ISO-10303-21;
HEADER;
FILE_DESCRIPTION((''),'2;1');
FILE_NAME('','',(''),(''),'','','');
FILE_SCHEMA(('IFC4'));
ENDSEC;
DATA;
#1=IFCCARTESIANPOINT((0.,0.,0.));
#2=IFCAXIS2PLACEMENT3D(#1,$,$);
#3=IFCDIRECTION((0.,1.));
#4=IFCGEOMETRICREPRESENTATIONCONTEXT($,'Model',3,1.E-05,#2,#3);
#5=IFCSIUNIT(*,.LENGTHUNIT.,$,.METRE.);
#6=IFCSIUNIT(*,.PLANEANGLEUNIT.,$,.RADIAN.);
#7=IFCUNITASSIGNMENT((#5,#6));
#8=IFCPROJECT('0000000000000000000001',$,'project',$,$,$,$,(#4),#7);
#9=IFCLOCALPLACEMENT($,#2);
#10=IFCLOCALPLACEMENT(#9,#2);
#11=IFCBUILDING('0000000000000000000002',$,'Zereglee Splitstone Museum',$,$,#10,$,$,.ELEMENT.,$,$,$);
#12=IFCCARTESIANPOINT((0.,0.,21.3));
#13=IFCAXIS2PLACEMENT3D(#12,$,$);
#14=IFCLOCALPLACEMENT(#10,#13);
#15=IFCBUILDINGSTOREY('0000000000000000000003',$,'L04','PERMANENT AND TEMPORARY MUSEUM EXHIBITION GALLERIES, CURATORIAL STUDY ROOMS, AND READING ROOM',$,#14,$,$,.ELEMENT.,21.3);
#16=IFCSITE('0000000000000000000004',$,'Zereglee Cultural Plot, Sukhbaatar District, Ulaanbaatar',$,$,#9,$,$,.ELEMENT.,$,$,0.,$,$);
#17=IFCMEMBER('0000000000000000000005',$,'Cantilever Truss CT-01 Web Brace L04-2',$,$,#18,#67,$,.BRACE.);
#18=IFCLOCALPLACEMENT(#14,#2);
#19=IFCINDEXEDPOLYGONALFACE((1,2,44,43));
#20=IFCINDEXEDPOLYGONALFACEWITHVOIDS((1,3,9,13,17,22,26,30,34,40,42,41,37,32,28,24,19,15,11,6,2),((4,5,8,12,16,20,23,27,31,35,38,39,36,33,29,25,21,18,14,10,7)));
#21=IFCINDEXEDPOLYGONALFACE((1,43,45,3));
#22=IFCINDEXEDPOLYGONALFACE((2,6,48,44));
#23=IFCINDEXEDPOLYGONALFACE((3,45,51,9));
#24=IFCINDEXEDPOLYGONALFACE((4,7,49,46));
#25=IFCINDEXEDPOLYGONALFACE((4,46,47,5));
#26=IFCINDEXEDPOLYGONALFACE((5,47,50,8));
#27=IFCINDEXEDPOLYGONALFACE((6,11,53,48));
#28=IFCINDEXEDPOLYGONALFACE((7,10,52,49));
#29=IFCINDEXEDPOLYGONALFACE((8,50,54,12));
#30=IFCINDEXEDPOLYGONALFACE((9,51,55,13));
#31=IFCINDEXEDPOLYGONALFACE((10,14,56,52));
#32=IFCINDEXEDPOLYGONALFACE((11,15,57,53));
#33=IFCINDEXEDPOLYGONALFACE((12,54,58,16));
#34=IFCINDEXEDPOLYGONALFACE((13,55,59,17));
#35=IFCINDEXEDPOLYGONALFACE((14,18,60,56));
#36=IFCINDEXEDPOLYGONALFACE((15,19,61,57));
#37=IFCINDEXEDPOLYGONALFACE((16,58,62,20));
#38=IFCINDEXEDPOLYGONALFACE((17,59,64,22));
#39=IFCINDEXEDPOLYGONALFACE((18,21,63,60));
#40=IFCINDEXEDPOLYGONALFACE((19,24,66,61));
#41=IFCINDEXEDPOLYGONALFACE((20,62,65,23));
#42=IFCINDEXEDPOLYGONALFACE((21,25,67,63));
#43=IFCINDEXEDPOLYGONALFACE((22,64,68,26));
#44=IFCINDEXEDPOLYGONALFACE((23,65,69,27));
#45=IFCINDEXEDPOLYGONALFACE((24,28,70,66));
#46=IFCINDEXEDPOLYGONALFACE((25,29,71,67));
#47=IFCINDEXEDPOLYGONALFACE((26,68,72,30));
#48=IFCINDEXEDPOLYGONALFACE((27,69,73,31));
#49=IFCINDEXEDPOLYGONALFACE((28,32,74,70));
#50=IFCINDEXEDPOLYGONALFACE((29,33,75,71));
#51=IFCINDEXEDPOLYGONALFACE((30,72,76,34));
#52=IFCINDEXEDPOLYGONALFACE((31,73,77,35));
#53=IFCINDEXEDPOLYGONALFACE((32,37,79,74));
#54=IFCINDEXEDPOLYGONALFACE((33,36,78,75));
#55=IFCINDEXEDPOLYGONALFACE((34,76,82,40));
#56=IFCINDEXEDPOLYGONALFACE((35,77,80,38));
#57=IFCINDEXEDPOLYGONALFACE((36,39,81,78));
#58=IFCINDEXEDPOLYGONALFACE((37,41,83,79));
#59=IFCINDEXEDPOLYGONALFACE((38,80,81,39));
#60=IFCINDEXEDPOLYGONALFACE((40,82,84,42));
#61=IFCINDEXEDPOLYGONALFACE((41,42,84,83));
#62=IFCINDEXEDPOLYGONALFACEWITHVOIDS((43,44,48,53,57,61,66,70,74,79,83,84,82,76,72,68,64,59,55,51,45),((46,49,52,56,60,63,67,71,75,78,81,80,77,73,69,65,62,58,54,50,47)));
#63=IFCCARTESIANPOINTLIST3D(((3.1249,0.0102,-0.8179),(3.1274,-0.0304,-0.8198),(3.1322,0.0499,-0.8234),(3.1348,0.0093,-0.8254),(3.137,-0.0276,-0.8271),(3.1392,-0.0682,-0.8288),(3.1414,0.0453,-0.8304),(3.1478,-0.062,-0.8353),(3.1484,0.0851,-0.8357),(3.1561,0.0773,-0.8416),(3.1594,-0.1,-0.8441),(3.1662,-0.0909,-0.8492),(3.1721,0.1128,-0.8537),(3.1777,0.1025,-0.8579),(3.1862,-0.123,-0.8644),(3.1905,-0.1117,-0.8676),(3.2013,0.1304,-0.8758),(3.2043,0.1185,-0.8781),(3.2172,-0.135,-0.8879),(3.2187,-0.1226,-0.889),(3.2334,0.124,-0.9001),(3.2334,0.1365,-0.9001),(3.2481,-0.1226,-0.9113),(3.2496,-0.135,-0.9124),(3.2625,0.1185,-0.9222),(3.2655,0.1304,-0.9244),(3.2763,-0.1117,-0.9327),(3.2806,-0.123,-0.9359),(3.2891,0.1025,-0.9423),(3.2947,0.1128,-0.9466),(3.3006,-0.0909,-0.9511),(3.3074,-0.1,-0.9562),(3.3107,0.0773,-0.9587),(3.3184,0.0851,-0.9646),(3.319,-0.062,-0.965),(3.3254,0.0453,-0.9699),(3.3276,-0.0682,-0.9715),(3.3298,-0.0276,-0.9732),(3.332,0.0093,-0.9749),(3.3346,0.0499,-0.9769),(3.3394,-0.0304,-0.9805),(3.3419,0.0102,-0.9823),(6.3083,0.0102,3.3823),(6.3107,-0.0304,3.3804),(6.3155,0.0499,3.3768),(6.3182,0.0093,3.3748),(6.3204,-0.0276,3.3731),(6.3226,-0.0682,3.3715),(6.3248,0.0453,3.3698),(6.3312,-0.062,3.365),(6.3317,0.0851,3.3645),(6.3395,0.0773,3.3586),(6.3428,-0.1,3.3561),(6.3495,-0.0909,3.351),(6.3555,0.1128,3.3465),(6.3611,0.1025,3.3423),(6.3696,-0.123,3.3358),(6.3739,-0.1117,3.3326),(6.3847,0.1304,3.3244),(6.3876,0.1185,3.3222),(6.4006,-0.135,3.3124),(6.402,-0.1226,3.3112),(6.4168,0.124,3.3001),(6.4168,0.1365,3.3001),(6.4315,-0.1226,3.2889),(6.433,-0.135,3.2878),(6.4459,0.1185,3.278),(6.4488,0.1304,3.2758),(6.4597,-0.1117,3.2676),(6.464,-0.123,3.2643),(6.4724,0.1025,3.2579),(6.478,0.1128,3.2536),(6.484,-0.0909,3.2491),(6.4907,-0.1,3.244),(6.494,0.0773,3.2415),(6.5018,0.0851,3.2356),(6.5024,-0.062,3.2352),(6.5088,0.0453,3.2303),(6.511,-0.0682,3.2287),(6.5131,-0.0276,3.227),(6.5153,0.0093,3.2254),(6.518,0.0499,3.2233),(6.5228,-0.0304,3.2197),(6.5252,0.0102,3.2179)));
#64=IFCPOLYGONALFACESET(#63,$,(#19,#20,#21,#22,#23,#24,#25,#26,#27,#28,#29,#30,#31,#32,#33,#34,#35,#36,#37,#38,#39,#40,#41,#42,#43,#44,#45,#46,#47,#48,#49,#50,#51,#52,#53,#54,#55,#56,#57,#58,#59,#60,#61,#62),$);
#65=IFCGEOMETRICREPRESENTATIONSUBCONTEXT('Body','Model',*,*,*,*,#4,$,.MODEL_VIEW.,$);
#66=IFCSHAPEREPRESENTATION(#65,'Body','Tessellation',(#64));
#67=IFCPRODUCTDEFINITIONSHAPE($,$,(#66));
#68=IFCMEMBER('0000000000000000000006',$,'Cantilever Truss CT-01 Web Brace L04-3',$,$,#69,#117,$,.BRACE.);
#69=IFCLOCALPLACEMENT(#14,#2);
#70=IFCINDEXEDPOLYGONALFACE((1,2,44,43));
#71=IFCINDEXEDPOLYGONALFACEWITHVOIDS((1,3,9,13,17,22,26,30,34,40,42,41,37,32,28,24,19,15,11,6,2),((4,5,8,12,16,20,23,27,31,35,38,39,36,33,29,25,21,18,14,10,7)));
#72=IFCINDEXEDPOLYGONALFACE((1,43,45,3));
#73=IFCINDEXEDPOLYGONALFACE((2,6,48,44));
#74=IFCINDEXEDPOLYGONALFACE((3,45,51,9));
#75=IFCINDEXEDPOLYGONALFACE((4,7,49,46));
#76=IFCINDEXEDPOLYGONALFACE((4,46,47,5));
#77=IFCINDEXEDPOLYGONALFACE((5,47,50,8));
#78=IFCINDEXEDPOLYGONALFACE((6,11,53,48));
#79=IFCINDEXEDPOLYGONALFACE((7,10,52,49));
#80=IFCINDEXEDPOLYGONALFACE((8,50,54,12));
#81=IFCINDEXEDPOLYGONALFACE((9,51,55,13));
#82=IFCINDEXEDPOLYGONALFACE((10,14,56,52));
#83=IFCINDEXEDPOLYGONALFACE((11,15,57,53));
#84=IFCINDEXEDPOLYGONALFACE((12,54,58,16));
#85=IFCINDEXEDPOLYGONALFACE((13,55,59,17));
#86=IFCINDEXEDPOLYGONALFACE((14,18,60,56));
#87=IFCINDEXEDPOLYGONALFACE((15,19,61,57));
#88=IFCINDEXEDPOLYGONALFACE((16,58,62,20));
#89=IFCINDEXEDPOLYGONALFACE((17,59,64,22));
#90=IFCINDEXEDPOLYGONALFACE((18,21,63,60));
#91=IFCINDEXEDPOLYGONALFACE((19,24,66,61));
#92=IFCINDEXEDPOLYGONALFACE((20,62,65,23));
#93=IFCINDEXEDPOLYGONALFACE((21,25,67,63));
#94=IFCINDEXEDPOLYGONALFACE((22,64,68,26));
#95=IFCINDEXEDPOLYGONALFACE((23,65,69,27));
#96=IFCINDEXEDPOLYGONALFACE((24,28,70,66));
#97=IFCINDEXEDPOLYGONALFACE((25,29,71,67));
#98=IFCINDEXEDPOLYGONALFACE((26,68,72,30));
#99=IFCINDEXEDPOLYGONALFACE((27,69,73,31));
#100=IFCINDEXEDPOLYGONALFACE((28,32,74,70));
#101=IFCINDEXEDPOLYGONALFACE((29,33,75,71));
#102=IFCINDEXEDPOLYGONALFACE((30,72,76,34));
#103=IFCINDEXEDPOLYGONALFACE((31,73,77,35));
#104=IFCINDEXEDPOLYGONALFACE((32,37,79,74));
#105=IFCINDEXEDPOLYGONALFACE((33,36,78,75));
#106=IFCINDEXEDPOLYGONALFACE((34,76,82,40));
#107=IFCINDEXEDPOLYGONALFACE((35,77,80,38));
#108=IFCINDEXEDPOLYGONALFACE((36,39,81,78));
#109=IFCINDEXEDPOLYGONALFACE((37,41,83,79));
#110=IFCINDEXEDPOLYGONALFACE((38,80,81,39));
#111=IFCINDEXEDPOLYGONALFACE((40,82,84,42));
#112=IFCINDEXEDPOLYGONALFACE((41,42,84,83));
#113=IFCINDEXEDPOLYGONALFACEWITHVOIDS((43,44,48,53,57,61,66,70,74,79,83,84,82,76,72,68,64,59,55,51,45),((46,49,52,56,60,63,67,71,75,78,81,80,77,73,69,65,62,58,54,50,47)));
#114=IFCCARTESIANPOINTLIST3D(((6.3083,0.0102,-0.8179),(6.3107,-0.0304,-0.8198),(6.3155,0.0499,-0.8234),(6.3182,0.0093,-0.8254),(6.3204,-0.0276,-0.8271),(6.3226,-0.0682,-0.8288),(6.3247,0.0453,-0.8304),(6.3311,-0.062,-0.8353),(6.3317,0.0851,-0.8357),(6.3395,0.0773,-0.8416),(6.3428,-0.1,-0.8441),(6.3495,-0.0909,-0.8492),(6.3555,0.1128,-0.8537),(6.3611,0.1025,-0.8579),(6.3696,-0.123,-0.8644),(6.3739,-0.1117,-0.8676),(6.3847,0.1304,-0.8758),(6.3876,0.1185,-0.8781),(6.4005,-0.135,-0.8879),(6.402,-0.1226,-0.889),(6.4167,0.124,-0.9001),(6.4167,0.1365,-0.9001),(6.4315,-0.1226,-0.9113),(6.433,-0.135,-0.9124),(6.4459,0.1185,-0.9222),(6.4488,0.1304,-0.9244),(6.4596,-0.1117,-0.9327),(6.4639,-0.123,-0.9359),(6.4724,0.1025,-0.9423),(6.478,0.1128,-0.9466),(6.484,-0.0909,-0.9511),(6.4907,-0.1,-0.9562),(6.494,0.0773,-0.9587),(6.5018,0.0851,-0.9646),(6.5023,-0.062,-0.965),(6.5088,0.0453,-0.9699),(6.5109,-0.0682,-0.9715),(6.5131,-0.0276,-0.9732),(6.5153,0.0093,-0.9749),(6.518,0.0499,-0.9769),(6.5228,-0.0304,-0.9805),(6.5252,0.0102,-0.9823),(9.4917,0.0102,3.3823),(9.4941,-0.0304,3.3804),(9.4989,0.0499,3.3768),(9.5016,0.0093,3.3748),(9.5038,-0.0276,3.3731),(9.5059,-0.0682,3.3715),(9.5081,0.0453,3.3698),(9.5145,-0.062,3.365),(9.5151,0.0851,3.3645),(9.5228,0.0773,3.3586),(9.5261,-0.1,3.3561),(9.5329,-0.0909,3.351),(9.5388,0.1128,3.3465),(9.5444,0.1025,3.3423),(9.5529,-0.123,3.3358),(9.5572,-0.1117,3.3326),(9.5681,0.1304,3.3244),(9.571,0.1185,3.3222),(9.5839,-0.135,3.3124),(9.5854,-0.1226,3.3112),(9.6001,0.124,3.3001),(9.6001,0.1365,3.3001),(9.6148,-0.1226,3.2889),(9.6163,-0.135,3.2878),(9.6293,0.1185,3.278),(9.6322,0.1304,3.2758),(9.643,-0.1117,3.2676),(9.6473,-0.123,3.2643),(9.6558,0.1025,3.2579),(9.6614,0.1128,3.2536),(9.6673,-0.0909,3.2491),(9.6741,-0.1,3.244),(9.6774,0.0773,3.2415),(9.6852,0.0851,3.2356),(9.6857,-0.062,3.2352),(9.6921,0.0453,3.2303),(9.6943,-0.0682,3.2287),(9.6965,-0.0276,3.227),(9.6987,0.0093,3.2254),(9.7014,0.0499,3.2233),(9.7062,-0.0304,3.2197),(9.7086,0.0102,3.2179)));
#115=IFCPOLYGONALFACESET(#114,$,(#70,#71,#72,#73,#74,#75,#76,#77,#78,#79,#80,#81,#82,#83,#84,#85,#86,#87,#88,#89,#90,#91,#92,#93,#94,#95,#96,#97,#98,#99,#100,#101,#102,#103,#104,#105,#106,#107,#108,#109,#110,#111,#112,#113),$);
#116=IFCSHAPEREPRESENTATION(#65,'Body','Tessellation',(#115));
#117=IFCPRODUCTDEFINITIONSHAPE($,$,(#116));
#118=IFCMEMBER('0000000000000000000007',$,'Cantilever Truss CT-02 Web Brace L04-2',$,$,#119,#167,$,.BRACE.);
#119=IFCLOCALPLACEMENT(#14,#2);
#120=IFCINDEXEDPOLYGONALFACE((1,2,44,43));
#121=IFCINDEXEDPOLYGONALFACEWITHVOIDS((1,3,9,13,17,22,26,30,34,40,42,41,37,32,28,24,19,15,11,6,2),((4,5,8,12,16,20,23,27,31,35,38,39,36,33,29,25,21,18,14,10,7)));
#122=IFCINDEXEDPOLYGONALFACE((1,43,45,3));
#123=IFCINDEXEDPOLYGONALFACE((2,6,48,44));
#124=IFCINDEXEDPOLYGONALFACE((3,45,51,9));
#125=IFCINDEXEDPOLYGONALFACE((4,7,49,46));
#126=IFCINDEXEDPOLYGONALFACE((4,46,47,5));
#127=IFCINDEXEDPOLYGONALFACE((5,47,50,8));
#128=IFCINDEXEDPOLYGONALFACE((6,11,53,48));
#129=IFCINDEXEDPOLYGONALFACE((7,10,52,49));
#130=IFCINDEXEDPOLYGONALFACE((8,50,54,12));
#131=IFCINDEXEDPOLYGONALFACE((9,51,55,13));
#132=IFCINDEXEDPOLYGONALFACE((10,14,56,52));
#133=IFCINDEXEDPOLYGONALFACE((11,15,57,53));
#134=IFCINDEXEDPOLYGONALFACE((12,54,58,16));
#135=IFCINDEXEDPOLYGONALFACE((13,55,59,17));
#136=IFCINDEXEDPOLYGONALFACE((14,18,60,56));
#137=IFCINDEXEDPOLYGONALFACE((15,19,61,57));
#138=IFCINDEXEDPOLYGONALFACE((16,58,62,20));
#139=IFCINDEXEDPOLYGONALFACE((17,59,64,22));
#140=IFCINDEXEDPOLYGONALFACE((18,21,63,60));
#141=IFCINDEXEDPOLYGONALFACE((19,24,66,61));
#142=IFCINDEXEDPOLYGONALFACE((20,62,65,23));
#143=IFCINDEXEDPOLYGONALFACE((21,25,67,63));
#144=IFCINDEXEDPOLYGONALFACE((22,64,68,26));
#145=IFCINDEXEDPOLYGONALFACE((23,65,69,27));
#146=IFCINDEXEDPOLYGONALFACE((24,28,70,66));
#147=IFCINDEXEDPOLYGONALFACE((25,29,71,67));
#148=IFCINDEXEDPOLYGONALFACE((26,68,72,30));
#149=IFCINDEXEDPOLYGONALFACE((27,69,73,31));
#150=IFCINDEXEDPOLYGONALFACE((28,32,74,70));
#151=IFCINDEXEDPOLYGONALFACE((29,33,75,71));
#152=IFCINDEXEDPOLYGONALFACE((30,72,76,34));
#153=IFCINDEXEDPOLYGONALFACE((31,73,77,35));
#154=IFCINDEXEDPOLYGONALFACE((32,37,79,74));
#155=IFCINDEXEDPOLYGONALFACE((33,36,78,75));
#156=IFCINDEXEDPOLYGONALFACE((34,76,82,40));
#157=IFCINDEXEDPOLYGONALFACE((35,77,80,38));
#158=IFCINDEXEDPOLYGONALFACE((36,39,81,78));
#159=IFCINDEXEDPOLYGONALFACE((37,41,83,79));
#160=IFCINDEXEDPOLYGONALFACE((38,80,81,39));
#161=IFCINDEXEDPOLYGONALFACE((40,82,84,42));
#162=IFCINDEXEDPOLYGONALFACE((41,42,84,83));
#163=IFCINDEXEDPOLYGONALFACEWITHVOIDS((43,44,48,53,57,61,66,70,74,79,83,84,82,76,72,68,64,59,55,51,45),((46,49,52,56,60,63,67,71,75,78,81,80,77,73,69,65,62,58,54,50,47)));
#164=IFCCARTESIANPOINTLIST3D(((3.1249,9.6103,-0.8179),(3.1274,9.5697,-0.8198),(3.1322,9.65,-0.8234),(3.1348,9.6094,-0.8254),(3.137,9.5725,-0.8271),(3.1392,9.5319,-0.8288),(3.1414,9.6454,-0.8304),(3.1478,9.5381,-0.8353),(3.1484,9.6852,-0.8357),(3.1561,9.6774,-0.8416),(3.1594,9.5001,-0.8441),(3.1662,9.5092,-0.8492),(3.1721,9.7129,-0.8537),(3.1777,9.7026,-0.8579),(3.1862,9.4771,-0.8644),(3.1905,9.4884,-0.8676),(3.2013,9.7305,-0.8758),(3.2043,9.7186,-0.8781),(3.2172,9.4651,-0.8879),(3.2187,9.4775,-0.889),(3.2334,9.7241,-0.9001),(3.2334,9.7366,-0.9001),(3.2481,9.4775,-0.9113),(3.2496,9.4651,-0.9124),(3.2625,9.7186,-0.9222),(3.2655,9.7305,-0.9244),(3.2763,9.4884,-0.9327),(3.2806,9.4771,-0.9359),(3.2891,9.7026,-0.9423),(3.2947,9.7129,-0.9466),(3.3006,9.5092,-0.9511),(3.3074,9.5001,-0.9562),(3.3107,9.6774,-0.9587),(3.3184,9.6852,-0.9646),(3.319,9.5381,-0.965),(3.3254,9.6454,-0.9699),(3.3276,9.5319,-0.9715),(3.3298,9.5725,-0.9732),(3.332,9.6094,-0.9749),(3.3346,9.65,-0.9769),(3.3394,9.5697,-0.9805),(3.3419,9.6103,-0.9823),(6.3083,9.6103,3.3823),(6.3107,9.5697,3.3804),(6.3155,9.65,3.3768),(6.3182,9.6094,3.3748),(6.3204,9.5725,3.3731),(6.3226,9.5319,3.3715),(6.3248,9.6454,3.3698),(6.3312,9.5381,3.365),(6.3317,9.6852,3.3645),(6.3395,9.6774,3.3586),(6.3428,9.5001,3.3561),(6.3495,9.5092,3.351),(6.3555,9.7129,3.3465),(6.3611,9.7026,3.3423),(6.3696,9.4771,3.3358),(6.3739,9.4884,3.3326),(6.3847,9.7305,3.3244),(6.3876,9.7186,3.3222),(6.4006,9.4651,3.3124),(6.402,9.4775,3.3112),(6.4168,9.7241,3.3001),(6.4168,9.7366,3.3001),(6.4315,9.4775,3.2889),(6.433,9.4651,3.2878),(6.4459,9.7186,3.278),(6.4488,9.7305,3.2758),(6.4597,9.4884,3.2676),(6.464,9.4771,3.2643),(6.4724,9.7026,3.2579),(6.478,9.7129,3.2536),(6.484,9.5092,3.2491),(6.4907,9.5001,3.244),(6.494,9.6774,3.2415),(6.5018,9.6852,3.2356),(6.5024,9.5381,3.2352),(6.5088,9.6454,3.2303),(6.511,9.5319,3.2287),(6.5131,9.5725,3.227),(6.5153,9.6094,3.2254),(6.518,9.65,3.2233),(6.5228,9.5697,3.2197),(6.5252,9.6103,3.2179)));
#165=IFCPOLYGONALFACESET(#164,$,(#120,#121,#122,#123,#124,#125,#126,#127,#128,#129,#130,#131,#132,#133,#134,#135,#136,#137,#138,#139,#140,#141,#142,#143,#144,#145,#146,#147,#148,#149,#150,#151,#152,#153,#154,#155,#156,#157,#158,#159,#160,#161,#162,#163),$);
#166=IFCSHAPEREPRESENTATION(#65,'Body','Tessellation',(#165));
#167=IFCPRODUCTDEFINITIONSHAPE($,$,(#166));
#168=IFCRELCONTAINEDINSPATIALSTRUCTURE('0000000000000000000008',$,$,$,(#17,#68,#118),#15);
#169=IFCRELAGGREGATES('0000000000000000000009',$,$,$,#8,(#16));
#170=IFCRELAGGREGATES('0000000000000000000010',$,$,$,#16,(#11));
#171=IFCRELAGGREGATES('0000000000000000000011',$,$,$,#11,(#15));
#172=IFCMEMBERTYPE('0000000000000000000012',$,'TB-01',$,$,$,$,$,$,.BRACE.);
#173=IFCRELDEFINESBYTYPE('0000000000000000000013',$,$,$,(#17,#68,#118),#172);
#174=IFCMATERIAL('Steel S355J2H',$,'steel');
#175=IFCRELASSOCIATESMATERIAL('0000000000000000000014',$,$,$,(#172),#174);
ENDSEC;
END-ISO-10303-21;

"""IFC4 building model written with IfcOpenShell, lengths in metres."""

from ifc_helpers import new_model, si_unit, direction, frame, origin, origin_2d, place, context, subcontext, project, spatial, hollow_circle, extrude, material, material_profile, profile_set, type_object, element, save


model = new_model("IFC4")

# Units and contexts
model_context = context("Model", 3, precision=1e-05, world=origin(), true_north=direction((0.0, 1.0)))
body_context = subcontext(model_context, "Body", "Model", "MODEL_VIEW")
ifc_project = project(units=[si_unit("LENGTHUNIT", "METRE"), si_unit("PLANEANGLEUNIT", "RADIAN")], contexts=[model_context])

# Site, building, storey
site_placement = place(None, origin())
site = spatial("IfcSite", under=ifc_project, at=site_placement, Name="Zereglee Cultural Plot, Sukhbaatar District, Ulaanbaatar", CompositionType="ELEMENT", RefElevation=0.0)
building_placement = place(site_placement, origin())
building = spatial("IfcBuilding", under=site, at=building_placement, Name="Zereglee Splitstone Museum", CompositionType="ELEMENT")
storey_placement = place(building_placement, frame((0.0, 0.0, 21.3)))
storey = spatial("IfcBuildingStorey", under=building, at=storey_placement, Name="L04", Description="PERMANENT AND TEMPORARY MUSEUM EXHIBITION GALLERIES, CURATORIAL STUDY ROOMS, AND READING ROOM", CompositionType="ELEMENT", Elevation=21.3)

# Members
ifc_material_1 = material(Name="Steel S355J2H", Category="steel")
ifc_material_profile_1 = material_profile(ifc_material_1, hollow_circle(Radius=0.1365, WallThickness=0.0125, at=origin_2d()), Name="CHS 273.0x12.5")
ifc_profile_set_1 = profile_set([ifc_material_profile_1], Name="Steel S355J2H")
member_type_1 = type_object("IfcMemberType", Name="TB-01", PredefinedType="BRACE", material=ifc_profile_set_1)
for number, where, z_axis, x_axis, name in (
    (1, (3.2334, 0.0, -0.9001), (0.604024, 0.0, 0.796966), (0.0, 1.0, 0.0), "Cantilever Truss CT-01 Web Brace L04-2"),
    (2, (6.4167, 0.0, -0.9001), (0.604024, 0.0, 0.796966), (0.0, 1.0, 0.0), "Cantilever Truss CT-01 Web Brace L04-3"),
    (3, (3.2334, 9.6001, -0.9001), (0.604024, 0.0, 0.796966), (0.0, 1.0, 0.0), "Cantilever Truss CT-02 Web Brace L04-2"),
):
    element("IfcMember", number, at=place(storey_placement, frame(where, z_axis=z_axis, x_axis=x_axis)), inside=storey, type_object=member_type_1, Name=name, PredefinedType="BRACE", context=body_context, shape_type="SweptSolid", body=[
        extrude(hollow_circle(Radius=0.1365, WallThickness=0.0125, at=origin_2d()), origin(), (0.0, 0.0, 1.0), 5.2703),
    ])

save(model, "model.ifc")
